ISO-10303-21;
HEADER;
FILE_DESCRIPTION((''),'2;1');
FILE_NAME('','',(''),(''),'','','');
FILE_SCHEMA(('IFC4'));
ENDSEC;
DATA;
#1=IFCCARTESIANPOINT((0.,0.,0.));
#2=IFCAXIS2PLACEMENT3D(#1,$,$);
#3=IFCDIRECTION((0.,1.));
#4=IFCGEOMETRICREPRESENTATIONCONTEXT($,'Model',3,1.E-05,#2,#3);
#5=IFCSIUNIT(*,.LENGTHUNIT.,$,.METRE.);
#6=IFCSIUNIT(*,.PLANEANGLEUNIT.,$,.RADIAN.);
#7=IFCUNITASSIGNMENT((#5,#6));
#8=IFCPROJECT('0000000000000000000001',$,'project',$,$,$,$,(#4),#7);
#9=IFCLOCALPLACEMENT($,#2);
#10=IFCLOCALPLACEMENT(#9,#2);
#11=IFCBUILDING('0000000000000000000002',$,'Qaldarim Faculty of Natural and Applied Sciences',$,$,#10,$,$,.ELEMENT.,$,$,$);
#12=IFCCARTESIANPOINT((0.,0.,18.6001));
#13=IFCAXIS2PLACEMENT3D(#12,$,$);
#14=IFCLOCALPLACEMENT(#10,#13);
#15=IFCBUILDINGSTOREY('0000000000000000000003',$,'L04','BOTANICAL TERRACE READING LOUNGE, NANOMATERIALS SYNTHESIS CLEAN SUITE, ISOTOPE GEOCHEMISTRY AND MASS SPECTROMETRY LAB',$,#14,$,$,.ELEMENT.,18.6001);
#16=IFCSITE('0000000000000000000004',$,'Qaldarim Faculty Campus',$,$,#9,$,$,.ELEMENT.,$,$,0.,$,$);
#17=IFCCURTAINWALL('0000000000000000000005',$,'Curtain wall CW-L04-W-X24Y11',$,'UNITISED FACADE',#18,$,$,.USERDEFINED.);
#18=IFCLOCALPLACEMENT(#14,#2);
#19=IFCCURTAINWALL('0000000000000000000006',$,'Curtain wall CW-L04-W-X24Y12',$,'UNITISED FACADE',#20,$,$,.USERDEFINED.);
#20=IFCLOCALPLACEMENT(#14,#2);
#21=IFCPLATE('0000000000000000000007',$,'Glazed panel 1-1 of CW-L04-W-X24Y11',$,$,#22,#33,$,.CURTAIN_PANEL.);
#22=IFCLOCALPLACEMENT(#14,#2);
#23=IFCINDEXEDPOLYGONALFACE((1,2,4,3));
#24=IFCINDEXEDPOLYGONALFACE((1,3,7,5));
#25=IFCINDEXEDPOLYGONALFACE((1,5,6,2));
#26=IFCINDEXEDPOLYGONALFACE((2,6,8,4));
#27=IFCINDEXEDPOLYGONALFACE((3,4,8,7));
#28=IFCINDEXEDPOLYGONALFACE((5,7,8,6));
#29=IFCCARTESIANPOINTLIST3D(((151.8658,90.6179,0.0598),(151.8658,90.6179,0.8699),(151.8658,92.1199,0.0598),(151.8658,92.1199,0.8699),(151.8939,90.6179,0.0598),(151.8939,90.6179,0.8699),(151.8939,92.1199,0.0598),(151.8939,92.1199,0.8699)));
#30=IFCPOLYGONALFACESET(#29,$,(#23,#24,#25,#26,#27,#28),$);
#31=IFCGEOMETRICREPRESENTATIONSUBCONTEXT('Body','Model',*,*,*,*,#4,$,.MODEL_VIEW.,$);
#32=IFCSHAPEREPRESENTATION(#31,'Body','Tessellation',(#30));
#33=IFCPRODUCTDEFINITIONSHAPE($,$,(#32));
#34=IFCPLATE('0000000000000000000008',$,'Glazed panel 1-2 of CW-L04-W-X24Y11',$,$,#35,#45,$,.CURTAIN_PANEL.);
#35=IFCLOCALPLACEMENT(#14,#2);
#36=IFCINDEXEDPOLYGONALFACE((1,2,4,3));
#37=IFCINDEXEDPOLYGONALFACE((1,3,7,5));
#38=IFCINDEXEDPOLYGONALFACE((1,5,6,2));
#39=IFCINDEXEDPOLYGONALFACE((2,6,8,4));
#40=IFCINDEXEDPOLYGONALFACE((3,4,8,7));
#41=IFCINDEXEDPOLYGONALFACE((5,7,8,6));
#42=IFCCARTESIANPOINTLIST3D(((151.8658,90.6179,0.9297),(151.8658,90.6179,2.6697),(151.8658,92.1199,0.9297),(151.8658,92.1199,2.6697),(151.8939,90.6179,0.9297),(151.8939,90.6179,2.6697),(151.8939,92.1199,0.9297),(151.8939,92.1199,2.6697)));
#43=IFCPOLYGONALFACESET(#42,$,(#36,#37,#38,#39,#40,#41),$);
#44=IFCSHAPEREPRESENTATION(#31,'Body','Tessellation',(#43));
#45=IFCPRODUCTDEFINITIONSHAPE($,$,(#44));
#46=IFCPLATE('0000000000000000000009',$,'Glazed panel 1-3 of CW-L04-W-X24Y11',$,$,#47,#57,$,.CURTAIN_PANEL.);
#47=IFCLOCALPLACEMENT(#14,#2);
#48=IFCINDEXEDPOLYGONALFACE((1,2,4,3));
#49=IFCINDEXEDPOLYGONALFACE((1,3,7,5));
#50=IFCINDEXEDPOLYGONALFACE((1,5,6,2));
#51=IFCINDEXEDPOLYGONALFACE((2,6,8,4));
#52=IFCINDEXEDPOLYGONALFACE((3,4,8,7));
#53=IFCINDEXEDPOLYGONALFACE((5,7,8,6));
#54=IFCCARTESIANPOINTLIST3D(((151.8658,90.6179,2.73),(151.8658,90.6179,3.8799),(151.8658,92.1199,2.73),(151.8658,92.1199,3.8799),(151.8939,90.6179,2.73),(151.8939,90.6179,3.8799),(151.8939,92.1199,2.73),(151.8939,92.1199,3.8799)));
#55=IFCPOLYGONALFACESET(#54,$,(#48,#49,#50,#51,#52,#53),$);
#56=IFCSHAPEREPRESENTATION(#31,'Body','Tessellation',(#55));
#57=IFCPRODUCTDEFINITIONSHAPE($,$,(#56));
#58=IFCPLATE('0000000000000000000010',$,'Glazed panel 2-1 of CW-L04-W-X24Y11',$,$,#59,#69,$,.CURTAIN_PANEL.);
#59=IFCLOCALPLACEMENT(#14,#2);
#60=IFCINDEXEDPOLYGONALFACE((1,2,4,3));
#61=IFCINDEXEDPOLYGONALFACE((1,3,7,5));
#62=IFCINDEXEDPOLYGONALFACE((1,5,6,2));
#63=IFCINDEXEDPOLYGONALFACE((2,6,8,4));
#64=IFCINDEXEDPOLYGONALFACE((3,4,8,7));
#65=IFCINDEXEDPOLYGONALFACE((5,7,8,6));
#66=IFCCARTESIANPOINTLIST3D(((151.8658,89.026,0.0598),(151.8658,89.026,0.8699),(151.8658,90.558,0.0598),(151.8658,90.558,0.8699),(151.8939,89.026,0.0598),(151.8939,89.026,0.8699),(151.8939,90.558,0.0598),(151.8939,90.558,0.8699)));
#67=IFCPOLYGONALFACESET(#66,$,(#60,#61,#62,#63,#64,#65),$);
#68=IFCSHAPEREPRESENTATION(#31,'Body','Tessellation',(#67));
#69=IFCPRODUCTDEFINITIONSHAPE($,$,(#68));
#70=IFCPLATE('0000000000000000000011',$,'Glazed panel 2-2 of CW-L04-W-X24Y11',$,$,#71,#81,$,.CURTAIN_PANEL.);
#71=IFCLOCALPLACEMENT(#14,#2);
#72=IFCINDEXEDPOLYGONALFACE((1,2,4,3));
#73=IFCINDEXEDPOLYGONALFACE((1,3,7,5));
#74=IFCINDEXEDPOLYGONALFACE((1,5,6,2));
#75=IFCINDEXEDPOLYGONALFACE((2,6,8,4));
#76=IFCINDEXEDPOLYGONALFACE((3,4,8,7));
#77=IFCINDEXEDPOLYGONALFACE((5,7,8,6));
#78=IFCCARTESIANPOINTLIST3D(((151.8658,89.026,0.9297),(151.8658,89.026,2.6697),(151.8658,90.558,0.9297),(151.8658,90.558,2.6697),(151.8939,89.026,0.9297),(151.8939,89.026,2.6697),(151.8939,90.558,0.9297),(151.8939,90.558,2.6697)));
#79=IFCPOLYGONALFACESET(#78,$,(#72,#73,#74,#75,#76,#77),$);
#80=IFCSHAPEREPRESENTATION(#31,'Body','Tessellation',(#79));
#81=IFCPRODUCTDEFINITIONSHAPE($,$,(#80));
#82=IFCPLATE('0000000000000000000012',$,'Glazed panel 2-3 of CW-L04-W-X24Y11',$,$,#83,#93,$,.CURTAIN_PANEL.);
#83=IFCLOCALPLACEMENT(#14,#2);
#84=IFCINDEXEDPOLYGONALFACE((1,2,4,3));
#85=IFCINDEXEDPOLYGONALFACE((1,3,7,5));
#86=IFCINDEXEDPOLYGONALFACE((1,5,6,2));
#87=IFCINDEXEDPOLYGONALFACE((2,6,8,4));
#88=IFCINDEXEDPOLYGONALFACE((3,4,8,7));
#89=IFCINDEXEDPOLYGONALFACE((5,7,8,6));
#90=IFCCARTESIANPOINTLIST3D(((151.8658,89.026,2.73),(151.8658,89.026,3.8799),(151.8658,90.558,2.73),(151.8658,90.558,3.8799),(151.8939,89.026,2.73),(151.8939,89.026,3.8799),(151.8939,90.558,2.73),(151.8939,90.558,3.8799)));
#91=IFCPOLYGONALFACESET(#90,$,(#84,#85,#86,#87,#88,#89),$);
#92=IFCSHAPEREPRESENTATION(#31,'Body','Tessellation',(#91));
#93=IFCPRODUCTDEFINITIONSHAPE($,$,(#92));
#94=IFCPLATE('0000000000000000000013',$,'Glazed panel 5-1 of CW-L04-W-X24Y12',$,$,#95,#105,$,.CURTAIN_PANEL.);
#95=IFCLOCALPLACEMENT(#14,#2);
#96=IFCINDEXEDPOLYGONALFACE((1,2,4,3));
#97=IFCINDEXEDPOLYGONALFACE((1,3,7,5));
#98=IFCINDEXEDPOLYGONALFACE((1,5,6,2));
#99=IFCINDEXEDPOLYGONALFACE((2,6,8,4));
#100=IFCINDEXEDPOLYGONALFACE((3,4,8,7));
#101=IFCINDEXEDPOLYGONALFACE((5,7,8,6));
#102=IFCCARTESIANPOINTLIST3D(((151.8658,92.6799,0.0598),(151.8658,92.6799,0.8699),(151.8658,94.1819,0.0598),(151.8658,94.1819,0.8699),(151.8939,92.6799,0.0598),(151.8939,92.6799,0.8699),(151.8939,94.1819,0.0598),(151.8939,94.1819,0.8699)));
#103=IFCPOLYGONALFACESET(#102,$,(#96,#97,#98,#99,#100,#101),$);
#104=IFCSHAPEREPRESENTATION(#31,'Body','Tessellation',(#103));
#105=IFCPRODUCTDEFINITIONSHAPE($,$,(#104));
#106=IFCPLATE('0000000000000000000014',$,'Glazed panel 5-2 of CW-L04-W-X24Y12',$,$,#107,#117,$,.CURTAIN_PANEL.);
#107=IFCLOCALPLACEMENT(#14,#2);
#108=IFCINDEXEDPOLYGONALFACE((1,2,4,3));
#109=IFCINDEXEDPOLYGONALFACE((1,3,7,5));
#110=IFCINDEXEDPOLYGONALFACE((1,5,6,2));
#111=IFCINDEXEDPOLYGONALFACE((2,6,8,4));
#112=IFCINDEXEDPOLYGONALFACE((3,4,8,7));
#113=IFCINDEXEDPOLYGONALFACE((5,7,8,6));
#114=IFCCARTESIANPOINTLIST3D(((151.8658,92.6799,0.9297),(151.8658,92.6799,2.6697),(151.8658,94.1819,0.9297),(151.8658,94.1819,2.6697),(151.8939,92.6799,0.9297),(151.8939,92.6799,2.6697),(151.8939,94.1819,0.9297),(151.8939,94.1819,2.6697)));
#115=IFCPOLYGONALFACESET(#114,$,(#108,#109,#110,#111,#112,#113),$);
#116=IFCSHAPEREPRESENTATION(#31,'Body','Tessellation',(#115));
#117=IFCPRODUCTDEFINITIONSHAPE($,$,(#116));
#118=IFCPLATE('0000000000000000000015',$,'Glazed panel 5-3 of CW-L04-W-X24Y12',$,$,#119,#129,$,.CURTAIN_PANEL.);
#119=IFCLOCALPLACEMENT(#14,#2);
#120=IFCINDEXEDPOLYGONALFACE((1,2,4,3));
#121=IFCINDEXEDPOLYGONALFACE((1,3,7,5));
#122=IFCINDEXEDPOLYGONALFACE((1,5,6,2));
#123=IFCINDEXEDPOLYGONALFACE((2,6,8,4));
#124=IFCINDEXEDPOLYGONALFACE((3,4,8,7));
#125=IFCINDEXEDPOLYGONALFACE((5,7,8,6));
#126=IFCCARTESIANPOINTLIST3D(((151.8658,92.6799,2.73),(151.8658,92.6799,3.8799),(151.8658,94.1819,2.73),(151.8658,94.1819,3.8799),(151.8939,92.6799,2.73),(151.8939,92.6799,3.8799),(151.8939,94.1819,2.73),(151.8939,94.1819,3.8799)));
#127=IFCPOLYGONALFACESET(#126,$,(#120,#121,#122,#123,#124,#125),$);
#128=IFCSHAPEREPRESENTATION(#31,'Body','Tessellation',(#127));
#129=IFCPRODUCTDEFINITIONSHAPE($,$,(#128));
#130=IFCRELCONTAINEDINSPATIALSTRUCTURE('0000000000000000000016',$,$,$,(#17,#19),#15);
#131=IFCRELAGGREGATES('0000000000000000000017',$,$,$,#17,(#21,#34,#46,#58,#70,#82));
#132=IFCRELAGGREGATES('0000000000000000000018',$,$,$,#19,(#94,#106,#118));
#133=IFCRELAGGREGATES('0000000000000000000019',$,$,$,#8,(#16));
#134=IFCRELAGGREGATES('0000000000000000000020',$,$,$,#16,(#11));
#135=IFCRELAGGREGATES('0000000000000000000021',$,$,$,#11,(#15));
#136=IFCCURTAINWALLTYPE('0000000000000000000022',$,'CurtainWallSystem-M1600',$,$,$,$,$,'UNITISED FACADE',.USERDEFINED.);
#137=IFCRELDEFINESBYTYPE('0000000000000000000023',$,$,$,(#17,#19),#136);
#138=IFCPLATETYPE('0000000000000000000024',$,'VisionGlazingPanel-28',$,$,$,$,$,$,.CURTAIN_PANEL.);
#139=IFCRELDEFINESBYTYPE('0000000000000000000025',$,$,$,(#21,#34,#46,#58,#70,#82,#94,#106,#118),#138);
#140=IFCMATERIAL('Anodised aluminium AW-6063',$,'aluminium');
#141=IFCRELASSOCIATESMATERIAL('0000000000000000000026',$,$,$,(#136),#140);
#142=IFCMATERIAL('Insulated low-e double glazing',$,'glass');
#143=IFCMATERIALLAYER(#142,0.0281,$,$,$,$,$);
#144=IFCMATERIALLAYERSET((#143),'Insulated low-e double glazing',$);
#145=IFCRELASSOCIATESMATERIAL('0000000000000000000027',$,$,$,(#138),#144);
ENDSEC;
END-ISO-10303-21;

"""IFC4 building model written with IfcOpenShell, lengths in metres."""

from ifc_helpers import new_model, si_unit, direction, frame, origin, origin_2d, place, context, subcontext, project, spatial, rectangle, extrude, material, layer, layer_set, type_object, element, aggregate, save


model = new_model("IFC4")

# Units and contexts
model_context = context("Model", 3, precision=1e-05, world=origin(), true_north=direction((0.0, 1.0)))
body_context = subcontext(model_context, "Body", "Model", "MODEL_VIEW")
ifc_project = project(units=[si_unit("LENGTHUNIT", "METRE"), si_unit("PLANEANGLEUNIT", "RADIAN")], contexts=[model_context])

# Site, building, storey
site_placement = place(None, origin())
site = spatial("IfcSite", under=ifc_project, at=site_placement, Name="Qaldarim Faculty Campus", CompositionType="ELEMENT", RefElevation=0.0)
building_placement = place(site_placement, origin())
building = spatial("IfcBuilding", under=site, at=building_placement, Name="Qaldarim Faculty of Natural and Applied Sciences", CompositionType="ELEMENT")
storey_placement = place(building_placement, frame((0.0, 0.0, 18.6001)))
storey = spatial("IfcBuildingStorey", under=building, at=storey_placement, Name="L04", Description="BOTANICAL TERRACE READING LOUNGE, NANOMATERIALS SYNTHESIS CLEAN SUITE, ISOTOPE GEOCHEMISTRY AND MASS SPECTROMETRY LAB", CompositionType="ELEMENT", Elevation=18.6001)

# Curtain wall
ifc_material_1 = material(Name="Anodised aluminium AW-6063", Category="aluminium")
curtain_wall_type = type_object("IfcCurtainWallType", Name="CurtainWallSystem-M1600", ElementType="UNITISED FACADE", PredefinedType="USERDEFINED", material=ifc_material_1)
curtain_wall_1_placement = place(storey_placement, origin())
curtain_wall_1 = element("IfcCurtainWall", 1, at=curtain_wall_1_placement, inside=storey, type_object=curtain_wall_type, Name="Curtain wall CW-L04-W-X24Y11", ObjectType="UNITISED FACADE", PredefinedType="USERDEFINED")

# Curtain wall
curtain_wall_2_placement = place(storey_placement, origin())
curtain_wall_2 = element("IfcCurtainWall", 2, at=curtain_wall_2_placement, inside=storey, type_object=curtain_wall_type, Name="Curtain wall CW-L04-W-X24Y12", ObjectType="UNITISED FACADE", PredefinedType="USERDEFINED")

# Plates
ifc_material_2 = material(Name="Insulated low-e double glazing", Category="glass")
ifc_layer = layer(ifc_material_2, 0.0281)
ifc_layer_set = layer_set([ifc_layer], Name="Insulated low-e double glazing")
plate_type = type_object("IfcPlateType", Name="VisionGlazingPanel-28", PredefinedType="CURTAIN_PANEL", material=ifc_layer_set)
plate_1_placement = place(storey_placement, frame((151.8799, 91.3689, 0.0598), z_axis=(0.0, 0.0, 1.0), x_axis=(0.0, -1.0, 0.0)))
plate_1 = element("IfcPlate", 3, at=plate_1_placement, type_object=plate_type, Name="Glazed panel 1-1 of CW-L04-W-X24Y11", PredefinedType="CURTAIN_PANEL", context=body_context, shape_type="SweptSolid", body=[
    extrude(rectangle(XDim=1.502, YDim=0.0281, at=origin_2d()), origin(), (0.0, 0.0, 1.0), 0.8101),
])
plate_2_placement = place(storey_placement, frame((151.8799, 91.3689, 0.9297), z_axis=(0.0, 0.0, 1.0), x_axis=(0.0, -1.0, 0.0)))
plate_2 = element("IfcPlate", 4, at=plate_2_placement, type_object=plate_type, Name="Glazed panel 1-2 of CW-L04-W-X24Y11", PredefinedType="CURTAIN_PANEL", context=body_context, shape_type="SweptSolid", body=[
    extrude(rectangle(XDim=1.502, YDim=0.0281, at=origin_2d()), origin(), (0.0, 0.0, 1.0), 1.74),
])
plate_3_placement = place(storey_placement, frame((151.8799, 91.3689, 2.73), z_axis=(0.0, 0.0, 1.0), x_axis=(0.0, -1.0, 0.0)))
plate_3 = element("IfcPlate", 5, at=plate_3_placement, type_object=plate_type, Name="Glazed panel 1-3 of CW-L04-W-X24Y11", PredefinedType="CURTAIN_PANEL", context=body_context, shape_type="SweptSolid", body=[
    extrude(rectangle(XDim=1.502, YDim=0.0281, at=origin_2d()), origin(), (0.0, 0.0, 1.0), 1.1499),
])
plate_4_placement = place(storey_placement, frame((151.8799, 89.792, 0.0598), z_axis=(0.0, 0.0, 1.0), x_axis=(0.0, -1.0, 0.0)))
plate_4 = element("IfcPlate", 6, at=plate_4_placement, type_object=plate_type, Name="Glazed panel 2-1 of CW-L04-W-X24Y11", PredefinedType="CURTAIN_PANEL", context=body_context, shape_type="SweptSolid", body=[
    extrude(rectangle(XDim=1.532, YDim=0.0281, at=origin_2d()), origin(), (0.0, 0.0, 1.0), 0.8101),
])
plate_5_placement = place(storey_placement, frame((151.8799, 89.792, 0.9297), z_axis=(0.0, 0.0, 1.0), x_axis=(0.0, -1.0, 0.0)))
plate_5 = element("IfcPlate", 7, at=plate_5_placement, type_object=plate_type, Name="Glazed panel 2-2 of CW-L04-W-X24Y11", PredefinedType="CURTAIN_PANEL", context=body_context, shape_type="SweptSolid", body=[
    extrude(rectangle(XDim=1.532, YDim=0.0281, at=origin_2d()), origin(), (0.0, 0.0, 1.0), 1.74),
])
plate_6_placement = place(storey_placement, frame((151.8799, 89.792, 2.73), z_axis=(0.0, 0.0, 1.0), x_axis=(0.0, -1.0, 0.0)))
plate_6 = element("IfcPlate", 8, at=plate_6_placement, type_object=plate_type, Name="Glazed panel 2-3 of CW-L04-W-X24Y11", PredefinedType="CURTAIN_PANEL", context=body_context, shape_type="SweptSolid", body=[
    extrude(rectangle(XDim=1.532, YDim=0.0281, at=origin_2d()), origin(), (0.0, 0.0, 1.0), 1.1499),
])
aggregate(curtain_wall_1, [plate_1, plate_2, plate_3, plate_4, plate_5, plate_6])
plate_7_placement = place(storey_placement, frame((151.8799, 93.4309, 0.0598), z_axis=(0.0, 0.0, 1.0), x_axis=(0.0, -1.0, 0.0)))
plate_7 = element("IfcPlate", 9, at=plate_7_placement, type_object=plate_type, Name="Glazed panel 5-1 of CW-L04-W-X24Y12", PredefinedType="CURTAIN_PANEL", context=body_context, shape_type="SweptSolid", body=[
    extrude(rectangle(XDim=1.502, YDim=0.0281, at=origin_2d()), origin(), (0.0, 0.0, 1.0), 0.8101),
])
plate_8_placement = place(storey_placement, frame((151.8799, 93.4309, 0.9297), z_axis=(0.0, 0.0, 1.0), x_axis=(0.0, -1.0, 0.0)))
plate_8 = element("IfcPlate", 10, at=plate_8_placement, type_object=plate_type, Name="Glazed panel 5-2 of CW-L04-W-X24Y12", PredefinedType="CURTAIN_PANEL", context=body_context, shape_type="SweptSolid", body=[
    extrude(rectangle(XDim=1.502, YDim=0.0281, at=origin_2d()), origin(), (0.0, 0.0, 1.0), 1.74),
])
plate_9_placement = place(storey_placement, frame((151.8799, 93.4309, 2.73), z_axis=(0.0, 0.0, 1.0), x_axis=(0.0, -1.0, 0.0)))
plate_9 = element("IfcPlate", 11, at=plate_9_placement, type_object=plate_type, Name="Glazed panel 5-3 of CW-L04-W-X24Y12", PredefinedType="CURTAIN_PANEL", context=body_context, shape_type="SweptSolid", body=[
    extrude(rectangle(XDim=1.502, YDim=0.0281, at=origin_2d()), origin(), (0.0, 0.0, 1.0), 1.1499),
])
aggregate(curtain_wall_2, [plate_7, plate_8, plate_9])

save(model, "model.ifc")
